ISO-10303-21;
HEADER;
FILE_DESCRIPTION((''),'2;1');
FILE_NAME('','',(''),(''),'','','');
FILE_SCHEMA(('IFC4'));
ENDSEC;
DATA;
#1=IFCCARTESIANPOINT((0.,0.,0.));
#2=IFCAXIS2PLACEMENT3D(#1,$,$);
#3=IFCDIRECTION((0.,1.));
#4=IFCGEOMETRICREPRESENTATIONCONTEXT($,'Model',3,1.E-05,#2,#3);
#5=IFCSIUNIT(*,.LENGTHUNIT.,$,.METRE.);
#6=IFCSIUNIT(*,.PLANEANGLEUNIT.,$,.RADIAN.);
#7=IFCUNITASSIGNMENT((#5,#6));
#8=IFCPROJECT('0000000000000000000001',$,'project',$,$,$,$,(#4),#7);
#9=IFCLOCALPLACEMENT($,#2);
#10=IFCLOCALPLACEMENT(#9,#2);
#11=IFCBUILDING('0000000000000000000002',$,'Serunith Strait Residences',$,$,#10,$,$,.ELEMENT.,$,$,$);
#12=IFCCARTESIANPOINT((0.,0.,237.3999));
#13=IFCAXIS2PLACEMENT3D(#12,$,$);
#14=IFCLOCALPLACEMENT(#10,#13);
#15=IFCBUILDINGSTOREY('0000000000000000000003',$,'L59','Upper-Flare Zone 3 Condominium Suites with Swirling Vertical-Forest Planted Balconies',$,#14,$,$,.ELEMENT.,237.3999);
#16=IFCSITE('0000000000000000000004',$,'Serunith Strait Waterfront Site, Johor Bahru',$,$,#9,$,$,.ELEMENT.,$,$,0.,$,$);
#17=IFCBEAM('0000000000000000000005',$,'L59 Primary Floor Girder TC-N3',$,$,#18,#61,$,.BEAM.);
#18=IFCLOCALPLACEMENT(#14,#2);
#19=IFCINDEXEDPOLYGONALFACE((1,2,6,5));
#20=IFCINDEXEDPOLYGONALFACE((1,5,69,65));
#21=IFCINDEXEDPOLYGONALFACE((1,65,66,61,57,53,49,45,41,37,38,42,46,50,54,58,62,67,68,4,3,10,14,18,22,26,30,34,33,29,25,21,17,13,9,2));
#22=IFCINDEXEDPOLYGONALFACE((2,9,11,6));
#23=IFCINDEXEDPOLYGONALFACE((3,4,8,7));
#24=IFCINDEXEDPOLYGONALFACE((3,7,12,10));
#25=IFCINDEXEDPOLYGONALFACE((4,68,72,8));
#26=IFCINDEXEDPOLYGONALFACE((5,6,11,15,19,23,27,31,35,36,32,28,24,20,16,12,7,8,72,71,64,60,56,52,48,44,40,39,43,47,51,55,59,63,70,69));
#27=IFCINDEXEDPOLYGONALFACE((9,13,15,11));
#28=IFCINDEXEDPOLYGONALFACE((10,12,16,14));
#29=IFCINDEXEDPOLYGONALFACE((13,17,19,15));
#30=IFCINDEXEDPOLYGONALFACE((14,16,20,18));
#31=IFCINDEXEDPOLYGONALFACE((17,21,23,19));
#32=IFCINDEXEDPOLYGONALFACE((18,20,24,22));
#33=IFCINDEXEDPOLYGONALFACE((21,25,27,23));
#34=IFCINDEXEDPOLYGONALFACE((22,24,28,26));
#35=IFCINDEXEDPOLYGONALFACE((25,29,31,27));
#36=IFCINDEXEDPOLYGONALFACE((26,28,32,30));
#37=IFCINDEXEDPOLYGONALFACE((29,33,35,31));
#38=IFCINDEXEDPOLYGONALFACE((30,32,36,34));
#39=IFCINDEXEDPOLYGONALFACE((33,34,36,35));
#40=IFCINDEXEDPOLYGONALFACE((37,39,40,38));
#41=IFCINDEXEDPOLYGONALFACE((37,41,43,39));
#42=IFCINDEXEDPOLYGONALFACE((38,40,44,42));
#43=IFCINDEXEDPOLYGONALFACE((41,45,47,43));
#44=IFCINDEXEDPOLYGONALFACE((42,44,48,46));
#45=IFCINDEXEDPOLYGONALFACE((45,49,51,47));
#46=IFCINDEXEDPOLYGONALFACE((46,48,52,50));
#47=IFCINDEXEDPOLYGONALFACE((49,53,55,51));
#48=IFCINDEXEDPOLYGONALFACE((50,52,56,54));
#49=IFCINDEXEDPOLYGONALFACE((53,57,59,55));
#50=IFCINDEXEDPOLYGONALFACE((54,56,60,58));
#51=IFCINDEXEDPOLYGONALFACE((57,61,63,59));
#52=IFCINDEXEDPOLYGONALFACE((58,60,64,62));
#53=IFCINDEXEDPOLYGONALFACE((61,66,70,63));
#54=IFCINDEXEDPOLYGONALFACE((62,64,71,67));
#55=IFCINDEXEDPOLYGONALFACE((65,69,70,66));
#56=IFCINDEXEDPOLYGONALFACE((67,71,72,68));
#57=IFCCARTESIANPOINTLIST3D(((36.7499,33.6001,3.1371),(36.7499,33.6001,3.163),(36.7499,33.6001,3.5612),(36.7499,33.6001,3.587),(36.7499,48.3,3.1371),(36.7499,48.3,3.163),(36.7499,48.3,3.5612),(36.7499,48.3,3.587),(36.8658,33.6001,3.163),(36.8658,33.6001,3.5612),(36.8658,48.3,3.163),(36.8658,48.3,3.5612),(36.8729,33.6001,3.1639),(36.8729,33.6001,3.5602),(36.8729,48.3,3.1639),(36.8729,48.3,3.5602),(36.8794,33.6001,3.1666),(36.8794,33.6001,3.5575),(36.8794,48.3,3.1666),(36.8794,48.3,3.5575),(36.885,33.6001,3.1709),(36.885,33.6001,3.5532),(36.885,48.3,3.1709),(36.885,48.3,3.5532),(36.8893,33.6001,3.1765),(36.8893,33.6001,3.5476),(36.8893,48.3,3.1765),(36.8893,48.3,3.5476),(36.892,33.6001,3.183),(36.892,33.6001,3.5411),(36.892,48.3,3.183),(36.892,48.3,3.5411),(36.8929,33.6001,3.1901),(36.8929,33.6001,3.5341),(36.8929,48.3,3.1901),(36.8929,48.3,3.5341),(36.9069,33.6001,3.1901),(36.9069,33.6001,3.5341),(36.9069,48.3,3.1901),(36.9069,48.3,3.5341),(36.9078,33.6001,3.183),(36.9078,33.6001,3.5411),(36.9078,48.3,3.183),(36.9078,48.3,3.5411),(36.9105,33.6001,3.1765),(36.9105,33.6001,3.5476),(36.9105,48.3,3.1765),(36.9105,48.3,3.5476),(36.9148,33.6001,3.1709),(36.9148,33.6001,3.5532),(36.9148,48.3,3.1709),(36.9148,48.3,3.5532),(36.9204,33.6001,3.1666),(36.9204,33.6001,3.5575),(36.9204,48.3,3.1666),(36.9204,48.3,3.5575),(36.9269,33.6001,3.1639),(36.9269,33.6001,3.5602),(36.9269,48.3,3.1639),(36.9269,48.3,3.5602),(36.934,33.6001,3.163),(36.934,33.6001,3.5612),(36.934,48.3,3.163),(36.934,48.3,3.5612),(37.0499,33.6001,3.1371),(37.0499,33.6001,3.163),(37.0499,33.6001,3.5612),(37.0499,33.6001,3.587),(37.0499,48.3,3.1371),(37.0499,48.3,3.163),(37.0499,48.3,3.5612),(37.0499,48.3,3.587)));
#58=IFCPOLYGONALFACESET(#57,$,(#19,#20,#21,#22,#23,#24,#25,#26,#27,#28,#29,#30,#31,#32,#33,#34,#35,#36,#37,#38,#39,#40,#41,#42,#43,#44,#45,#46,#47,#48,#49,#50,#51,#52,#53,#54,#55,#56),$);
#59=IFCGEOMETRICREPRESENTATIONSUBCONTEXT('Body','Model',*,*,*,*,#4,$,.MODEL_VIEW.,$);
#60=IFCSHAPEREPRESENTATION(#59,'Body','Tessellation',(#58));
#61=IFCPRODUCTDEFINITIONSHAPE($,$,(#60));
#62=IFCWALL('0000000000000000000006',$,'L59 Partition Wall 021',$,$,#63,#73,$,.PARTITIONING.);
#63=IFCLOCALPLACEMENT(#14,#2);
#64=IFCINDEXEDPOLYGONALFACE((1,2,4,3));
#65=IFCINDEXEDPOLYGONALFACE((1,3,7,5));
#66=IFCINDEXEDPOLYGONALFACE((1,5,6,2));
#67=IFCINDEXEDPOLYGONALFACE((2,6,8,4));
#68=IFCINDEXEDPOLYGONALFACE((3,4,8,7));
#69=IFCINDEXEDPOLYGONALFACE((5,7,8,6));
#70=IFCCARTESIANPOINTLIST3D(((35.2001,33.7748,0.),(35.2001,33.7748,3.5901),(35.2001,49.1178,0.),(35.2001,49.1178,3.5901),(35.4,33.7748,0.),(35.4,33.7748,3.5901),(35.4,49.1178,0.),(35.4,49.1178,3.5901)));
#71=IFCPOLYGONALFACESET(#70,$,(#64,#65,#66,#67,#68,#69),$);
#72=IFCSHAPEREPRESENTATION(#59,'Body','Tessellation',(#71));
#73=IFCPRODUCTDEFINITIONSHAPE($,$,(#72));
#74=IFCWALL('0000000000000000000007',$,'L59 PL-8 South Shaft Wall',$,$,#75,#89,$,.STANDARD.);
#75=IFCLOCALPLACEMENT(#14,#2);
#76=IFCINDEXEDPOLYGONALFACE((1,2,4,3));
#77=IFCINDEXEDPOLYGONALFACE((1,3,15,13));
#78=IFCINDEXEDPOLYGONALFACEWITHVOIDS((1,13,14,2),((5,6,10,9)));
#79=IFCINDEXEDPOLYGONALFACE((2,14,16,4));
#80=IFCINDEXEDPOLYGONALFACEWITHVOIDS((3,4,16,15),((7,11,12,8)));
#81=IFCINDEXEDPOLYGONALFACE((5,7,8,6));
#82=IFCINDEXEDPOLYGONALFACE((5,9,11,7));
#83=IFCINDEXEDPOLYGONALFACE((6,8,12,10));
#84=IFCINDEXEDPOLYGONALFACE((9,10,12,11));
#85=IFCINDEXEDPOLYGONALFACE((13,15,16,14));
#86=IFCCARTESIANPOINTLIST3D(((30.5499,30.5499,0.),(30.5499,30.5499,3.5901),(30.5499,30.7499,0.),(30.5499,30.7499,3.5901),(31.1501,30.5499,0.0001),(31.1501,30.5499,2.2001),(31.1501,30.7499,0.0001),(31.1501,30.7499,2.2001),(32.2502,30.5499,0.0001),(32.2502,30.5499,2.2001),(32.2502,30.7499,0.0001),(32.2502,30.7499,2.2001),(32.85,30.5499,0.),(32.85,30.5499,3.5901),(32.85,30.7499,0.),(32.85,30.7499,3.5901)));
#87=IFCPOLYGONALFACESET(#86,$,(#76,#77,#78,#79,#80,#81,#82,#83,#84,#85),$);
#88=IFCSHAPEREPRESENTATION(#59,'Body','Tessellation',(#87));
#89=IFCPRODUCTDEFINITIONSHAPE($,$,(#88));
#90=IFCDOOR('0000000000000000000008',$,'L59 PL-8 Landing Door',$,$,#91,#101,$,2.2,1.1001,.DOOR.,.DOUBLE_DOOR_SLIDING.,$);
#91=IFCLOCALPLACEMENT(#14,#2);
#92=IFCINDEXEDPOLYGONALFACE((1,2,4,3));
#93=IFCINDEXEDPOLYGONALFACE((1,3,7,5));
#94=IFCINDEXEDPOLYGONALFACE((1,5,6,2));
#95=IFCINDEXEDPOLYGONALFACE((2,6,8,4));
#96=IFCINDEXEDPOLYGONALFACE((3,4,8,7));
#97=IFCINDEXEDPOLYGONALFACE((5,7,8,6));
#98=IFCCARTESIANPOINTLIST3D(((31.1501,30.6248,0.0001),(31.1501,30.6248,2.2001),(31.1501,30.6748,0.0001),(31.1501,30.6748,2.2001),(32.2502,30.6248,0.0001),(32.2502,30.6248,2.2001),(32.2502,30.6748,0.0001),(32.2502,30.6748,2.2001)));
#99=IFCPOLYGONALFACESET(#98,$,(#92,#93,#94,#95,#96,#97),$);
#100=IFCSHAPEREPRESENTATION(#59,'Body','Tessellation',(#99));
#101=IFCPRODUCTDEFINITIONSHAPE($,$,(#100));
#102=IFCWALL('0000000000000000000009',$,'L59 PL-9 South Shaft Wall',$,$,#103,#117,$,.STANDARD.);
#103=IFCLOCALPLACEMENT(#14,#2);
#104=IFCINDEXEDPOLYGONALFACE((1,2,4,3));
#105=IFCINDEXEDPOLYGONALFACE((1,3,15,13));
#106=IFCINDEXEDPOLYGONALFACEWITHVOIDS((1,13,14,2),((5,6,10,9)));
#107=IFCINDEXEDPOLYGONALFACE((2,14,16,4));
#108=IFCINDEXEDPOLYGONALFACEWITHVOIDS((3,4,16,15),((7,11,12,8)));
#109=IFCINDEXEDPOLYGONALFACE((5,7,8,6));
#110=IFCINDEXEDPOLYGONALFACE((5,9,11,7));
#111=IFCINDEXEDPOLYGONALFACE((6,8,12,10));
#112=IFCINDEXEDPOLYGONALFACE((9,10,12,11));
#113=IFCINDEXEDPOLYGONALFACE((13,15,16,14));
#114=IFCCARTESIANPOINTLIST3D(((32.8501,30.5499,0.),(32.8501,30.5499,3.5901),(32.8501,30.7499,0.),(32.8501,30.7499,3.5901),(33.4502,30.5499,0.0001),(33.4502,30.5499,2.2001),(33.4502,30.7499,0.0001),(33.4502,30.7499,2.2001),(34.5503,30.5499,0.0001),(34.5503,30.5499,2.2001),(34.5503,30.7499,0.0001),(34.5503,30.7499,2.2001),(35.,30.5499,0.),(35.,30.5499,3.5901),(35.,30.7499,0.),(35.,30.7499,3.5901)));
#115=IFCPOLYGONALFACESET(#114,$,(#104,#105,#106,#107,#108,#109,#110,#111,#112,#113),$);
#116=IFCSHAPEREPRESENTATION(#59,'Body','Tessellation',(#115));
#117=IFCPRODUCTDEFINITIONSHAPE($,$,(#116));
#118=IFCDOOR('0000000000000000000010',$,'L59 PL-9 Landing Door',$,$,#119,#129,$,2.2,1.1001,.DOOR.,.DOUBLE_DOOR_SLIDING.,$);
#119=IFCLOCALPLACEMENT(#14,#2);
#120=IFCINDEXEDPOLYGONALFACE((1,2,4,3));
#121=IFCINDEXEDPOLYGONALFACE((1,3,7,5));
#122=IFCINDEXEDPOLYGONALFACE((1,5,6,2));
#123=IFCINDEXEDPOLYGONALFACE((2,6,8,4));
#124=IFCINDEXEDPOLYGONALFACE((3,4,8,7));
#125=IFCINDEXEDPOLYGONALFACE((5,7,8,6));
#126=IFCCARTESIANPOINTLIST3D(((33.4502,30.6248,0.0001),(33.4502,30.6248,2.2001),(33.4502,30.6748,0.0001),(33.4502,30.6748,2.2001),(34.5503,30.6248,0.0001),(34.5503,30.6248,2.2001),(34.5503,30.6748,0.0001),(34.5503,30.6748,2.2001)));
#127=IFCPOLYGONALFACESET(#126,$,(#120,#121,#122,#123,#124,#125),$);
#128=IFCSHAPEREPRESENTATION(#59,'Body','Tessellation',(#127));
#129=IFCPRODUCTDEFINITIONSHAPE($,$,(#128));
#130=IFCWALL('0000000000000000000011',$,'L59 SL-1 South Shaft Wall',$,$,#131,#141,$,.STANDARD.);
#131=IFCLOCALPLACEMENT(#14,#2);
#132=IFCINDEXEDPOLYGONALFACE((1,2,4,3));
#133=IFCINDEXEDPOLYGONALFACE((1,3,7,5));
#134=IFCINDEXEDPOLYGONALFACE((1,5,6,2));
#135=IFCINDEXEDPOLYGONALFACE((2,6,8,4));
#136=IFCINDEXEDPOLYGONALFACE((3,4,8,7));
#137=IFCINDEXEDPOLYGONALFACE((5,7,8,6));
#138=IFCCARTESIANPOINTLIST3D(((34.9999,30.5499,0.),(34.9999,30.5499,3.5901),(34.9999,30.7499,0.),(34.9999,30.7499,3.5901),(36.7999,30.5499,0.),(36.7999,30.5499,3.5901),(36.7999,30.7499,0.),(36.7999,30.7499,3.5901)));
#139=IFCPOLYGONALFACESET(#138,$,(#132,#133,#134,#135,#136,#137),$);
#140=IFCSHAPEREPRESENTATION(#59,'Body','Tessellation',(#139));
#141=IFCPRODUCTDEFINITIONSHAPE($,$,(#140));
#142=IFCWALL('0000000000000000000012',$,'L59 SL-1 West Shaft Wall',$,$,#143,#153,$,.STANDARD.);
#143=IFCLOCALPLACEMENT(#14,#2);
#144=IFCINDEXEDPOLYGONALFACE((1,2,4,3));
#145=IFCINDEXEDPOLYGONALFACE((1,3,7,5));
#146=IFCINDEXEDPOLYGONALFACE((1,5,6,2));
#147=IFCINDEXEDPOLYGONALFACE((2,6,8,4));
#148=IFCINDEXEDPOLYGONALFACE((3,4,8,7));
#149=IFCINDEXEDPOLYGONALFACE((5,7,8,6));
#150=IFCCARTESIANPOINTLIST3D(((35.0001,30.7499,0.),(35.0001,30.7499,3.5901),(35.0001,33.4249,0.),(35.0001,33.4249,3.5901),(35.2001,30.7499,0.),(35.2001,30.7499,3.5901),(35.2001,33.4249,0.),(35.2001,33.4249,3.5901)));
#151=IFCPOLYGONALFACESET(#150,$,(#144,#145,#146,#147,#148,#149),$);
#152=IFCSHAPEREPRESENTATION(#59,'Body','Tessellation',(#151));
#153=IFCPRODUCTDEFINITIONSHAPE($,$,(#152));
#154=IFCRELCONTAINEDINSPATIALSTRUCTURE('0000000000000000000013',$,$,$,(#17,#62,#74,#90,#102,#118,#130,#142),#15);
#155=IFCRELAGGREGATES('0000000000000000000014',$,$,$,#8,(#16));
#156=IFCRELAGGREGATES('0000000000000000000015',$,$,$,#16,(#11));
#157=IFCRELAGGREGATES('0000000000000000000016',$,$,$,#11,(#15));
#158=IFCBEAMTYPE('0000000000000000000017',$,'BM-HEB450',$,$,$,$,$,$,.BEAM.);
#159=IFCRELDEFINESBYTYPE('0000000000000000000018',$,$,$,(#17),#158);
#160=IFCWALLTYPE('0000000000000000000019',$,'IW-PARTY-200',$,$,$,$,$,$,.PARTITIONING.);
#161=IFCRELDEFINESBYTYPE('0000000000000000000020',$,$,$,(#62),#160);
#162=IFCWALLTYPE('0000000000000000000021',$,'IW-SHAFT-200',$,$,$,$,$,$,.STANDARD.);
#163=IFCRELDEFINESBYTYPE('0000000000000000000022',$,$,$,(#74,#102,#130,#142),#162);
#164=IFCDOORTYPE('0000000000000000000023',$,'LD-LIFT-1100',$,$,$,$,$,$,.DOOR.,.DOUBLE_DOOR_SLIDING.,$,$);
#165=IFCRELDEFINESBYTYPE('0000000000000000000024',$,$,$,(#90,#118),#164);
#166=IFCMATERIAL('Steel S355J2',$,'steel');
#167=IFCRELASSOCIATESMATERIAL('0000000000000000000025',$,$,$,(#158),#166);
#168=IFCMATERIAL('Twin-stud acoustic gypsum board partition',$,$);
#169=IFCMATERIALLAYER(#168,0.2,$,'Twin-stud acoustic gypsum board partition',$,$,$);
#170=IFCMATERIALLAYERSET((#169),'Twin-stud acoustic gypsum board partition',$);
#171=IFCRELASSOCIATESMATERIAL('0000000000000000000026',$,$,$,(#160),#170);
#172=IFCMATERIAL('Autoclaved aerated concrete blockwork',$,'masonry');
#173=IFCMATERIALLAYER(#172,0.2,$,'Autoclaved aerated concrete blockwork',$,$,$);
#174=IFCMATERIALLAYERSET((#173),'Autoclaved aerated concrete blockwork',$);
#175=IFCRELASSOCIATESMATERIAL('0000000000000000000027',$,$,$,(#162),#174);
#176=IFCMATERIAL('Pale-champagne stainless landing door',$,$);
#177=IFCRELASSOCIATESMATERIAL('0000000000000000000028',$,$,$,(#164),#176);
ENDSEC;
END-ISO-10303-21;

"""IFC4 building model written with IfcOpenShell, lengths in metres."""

from ifc_helpers import new_model, si_unit, direction, frame, frame_2d, origin, origin_2d, place, context, subcontext, project, spatial, rectangle, i_section, extrude, source, transform, mapped, material, layer, layer_set, material_profile, profile_set, type_object, element, fill, save


model = new_model("IFC4")

# Units and contexts
model_context = context("Model", 3, precision=1e-05, world=origin(), true_north=direction((0.0, 1.0)))
body_context = subcontext(model_context, "Body", "Model", "MODEL_VIEW")
ifc_project = project(units=[si_unit("LENGTHUNIT", "METRE"), si_unit("PLANEANGLEUNIT", "RADIAN")], contexts=[model_context])

# Site, building, storey
site_placement = place(None, origin())
site = spatial("IfcSite", under=ifc_project, at=site_placement, Name="Serunith Strait Waterfront Site, Johor Bahru", CompositionType="ELEMENT", RefElevation=0.0)
building_placement = place(site_placement, origin())
building = spatial("IfcBuilding", under=site, at=building_placement, Name="Serunith Strait Residences", CompositionType="ELEMENT")
storey_placement = place(building_placement, frame((0.0, 0.0, 237.3999)))
storey = spatial("IfcBuildingStorey", under=building, at=storey_placement, Name="L59", Description="Upper-Flare Zone 3 Condominium Suites with Swirling Vertical-Forest Planted Balconies", CompositionType="ELEMENT", Elevation=237.3999)

# Beam
ifc_material_1 = material(Name="Steel S355J2", Category="steel")
ifc_material_profile = material_profile(ifc_material_1, i_section(OverallWidth=0.3, OverallDepth=0.45, WebThickness=0.0139, FlangeThickness=0.0259, FilletRadius=0.0271, at=origin_2d()), Name="HEB 450")
ifc_profile_set = profile_set([ifc_material_profile], Name="Steel S355J2")
beam_type = type_object("IfcBeamType", Name="BM-HEB450", PredefinedType="BEAM", material=ifc_profile_set)
shared_shape_1 = source(origin(), body_context, "Body", "SweptSolid", [
    extrude(i_section(OverallWidth=0.3, OverallDepth=0.45, WebThickness=0.0139, FlangeThickness=0.0259, FilletRadius=0.0271, at=origin_2d()), origin(), (0.0, 0.0, 1.0), 14.7),
])
beam_placement = place(storey_placement, frame((36.8999, 33.6001, 3.3621), z_axis=(0.0, 1.0, 0.0), x_axis=(-1.0, 0.0, 0.0)))
element("IfcBeam", 1, at=beam_placement, inside=storey, type_object=beam_type, Name="L59 Primary Floor Girder TC-N3", PredefinedType="BEAM", context=body_context, shape_type="MappedRepresentation", body=[
    mapped(shared_shape_1, transform((0.0, 0.0, 0.0), scale=1.0)),
])

# Wall
ifc_material_2 = material(Name="Twin-stud acoustic gypsum board partition")
ifc_layer_1 = layer(ifc_material_2, 0.2, Name="Twin-stud acoustic gypsum board partition")
ifc_layer_set_1 = layer_set([ifc_layer_1], Name="Twin-stud acoustic gypsum board partition")
wall_type_1 = type_object("IfcWallType", Name="IW-PARTY-200", PredefinedType="PARTITIONING", material=ifc_layer_set_1)
wall_1_placement = place(storey_placement, frame((35.3, 33.7749, 0.0), z_axis=(0.0, 0.0, 1.0), x_axis=(0.0, 1.0, 0.0)))
element("IfcWall", 2, at=wall_1_placement, inside=storey, type_object=wall_type_1, Name="L59 Partition Wall 021", PredefinedType="PARTITIONING", context=body_context, shape_type="SweptSolid", body=[
    extrude(rectangle(XDim=15.343, YDim=0.2, at=frame_2d((7.6714, 0.0))), origin(), (0.0, 0.0, 1.0), 3.5901),
])

# Walls, openings, doors
ifc_material_3 = material(Name="Autoclaved aerated concrete blockwork", Category="masonry")
ifc_layer_2 = layer(ifc_material_3, 0.2, Name="Autoclaved aerated concrete blockwork")
ifc_layer_set_2 = layer_set([ifc_layer_2], Name="Autoclaved aerated concrete blockwork")
wall_type_2 = type_object("IfcWallType", Name="IW-SHAFT-200", PredefinedType="STANDARD", material=ifc_layer_set_2)
wall_2_placement = place(storey_placement, frame((30.55, 30.6499, 0.0), z_axis=(0.0, 0.0, 1.0), x_axis=(1.0, 0.0, 0.0)))
wall_2 = element("IfcWall", 3, at=wall_2_placement, inside=storey, type_object=wall_type_2, Name="L59 PL-8 South Shaft Wall", PredefinedType="STANDARD", context=body_context, shape_type="SweptSolid", body=[
    extrude(rectangle(XDim=2.3, YDim=0.2, at=frame_2d((1.1499, 0.0))), origin(), (0.0, 0.0, 1.0), 3.5901),
])
opening_1_placement = place(wall_2_placement, frame((0.6001, 0.0, 0.0)))
opening_1 = element("IfcOpeningElement", 4, at=opening_1_placement, cuts=wall_2, PredefinedType="OPENING", context=body_context, shape_type="SweptSolid", body=[
    extrude(rectangle(XDim=1.1001, YDim=2.2, at=frame_2d((0.55, 1.1001))), frame((0.0, 0.1099, 0.0), z_axis=(0.0, -1.0, 0.0), x_axis=(1.0, 0.0, 0.0)), (0.0, 0.0, 1.0), 0.22),
])
ifc_material_4 = material(Name="Pale-champagne stainless landing door")
door_type_1 = type_object("IfcDoorType", Name="LD-LIFT-1100", OperationType="DOUBLE_DOOR_SLIDING", PredefinedType="DOOR", material=ifc_material_4)
shared_shape_2 = source(origin(), body_context, "Body", "SweptSolid", [
    extrude(rectangle(XDim=1.1001, YDim=2.2, at=frame_2d((0.55, 1.1001))), frame((0.0, 0.0249, 0.0), z_axis=(0.0, -1.0, 0.0), x_axis=(1.0, 0.0, 0.0)), (0.0, 0.0, 1.0), 0.05),
])
door_1_placement = place(opening_1_placement, origin())
door_1 = element("IfcDoor", 5, at=door_1_placement, inside=storey, type_object=door_type_1, Name="L59 PL-8 Landing Door", OperationType="DOUBLE_DOOR_SLIDING", OverallHeight=2.2, OverallWidth=1.1001, PredefinedType="DOOR", context=body_context, shape_type="MappedRepresentation", body=[
    mapped(shared_shape_2, transform((0.0, 0.0, 0.0), scale=1.0)),
])
fill(opening_1, door_1)
wall_3_placement = place(storey_placement, frame((32.8501, 30.6499, 0.0), z_axis=(0.0, 0.0, 1.0), x_axis=(1.0, 0.0, 0.0)))
wall_3 = element("IfcWall", 6, at=wall_3_placement, inside=storey, type_object=wall_type_2, Name="L59 PL-9 South Shaft Wall", PredefinedType="STANDARD", context=body_context, shape_type="SweptSolid", body=[
    extrude(rectangle(XDim=2.1499, YDim=0.2, at=frame_2d((1.075, 0.0))), origin(), (0.0, 0.0, 1.0), 3.5901),
])
opening_2_placement = place(wall_3_placement, frame((0.6001, 0.0, 0.0)))
opening_2 = element("IfcOpeningElement", 7, at=opening_2_placement, cuts=wall_3, PredefinedType="OPENING", context=body_context, shape_type="SweptSolid", body=[
    extrude(rectangle(XDim=1.1001, YDim=2.2, at=frame_2d((0.55, 1.1001))), frame((0.0, 0.1099, 0.0), z_axis=(0.0, -1.0, 0.0), x_axis=(1.0, 0.0, 0.0)), (0.0, 0.0, 1.0), 0.22),
])
door_2_placement = place(opening_2_placement, origin())
door_2 = element("IfcDoor", 8, at=door_2_placement, inside=storey, type_object=door_type_1, Name="L59 PL-9 Landing Door", OperationType="DOUBLE_DOOR_SLIDING", OverallHeight=2.2, OverallWidth=1.1001, PredefinedType="DOOR", context=body_context, shape_type="MappedRepresentation", body=[
    mapped(shared_shape_2, transform((0.0, 0.0, 0.0), scale=1.0)),
])
fill(opening_2, door_2)

# Walls
wall_4_placement = place(storey_placement, frame((35.0, 30.6499, 0.0), z_axis=(0.0, 0.0, 1.0), x_axis=(1.0, 0.0, 0.0)))
element("IfcWall", 9, at=wall_4_placement, inside=storey, type_object=wall_type_2, Name="L59 SL-1 South Shaft Wall", PredefinedType="STANDARD", context=body_context, shape_type="SweptSolid", body=[
    extrude(rectangle(XDim=1.8, YDim=0.2, at=frame_2d((0.8999, 0.0))), origin(), (0.0, 0.0, 1.0), 3.5901),
])
wall_5_placement = place(storey_placement, frame((35.1001, 30.75, 0.0), z_axis=(0.0, 0.0, 1.0), x_axis=(0.0, 1.0, 0.0)))
element("IfcWall", 10, at=wall_5_placement, inside=storey, type_object=wall_type_2, Name="L59 SL-1 West Shaft Wall", PredefinedType="STANDARD", context=body_context, shape_type="SweptSolid", body=[
    extrude(rectangle(XDim=2.675, YDim=0.2, at=frame_2d((1.3374, 0.0))), origin(), (0.0, 0.0, 1.0), 3.5901),
])

save(model, "model.ifc")
